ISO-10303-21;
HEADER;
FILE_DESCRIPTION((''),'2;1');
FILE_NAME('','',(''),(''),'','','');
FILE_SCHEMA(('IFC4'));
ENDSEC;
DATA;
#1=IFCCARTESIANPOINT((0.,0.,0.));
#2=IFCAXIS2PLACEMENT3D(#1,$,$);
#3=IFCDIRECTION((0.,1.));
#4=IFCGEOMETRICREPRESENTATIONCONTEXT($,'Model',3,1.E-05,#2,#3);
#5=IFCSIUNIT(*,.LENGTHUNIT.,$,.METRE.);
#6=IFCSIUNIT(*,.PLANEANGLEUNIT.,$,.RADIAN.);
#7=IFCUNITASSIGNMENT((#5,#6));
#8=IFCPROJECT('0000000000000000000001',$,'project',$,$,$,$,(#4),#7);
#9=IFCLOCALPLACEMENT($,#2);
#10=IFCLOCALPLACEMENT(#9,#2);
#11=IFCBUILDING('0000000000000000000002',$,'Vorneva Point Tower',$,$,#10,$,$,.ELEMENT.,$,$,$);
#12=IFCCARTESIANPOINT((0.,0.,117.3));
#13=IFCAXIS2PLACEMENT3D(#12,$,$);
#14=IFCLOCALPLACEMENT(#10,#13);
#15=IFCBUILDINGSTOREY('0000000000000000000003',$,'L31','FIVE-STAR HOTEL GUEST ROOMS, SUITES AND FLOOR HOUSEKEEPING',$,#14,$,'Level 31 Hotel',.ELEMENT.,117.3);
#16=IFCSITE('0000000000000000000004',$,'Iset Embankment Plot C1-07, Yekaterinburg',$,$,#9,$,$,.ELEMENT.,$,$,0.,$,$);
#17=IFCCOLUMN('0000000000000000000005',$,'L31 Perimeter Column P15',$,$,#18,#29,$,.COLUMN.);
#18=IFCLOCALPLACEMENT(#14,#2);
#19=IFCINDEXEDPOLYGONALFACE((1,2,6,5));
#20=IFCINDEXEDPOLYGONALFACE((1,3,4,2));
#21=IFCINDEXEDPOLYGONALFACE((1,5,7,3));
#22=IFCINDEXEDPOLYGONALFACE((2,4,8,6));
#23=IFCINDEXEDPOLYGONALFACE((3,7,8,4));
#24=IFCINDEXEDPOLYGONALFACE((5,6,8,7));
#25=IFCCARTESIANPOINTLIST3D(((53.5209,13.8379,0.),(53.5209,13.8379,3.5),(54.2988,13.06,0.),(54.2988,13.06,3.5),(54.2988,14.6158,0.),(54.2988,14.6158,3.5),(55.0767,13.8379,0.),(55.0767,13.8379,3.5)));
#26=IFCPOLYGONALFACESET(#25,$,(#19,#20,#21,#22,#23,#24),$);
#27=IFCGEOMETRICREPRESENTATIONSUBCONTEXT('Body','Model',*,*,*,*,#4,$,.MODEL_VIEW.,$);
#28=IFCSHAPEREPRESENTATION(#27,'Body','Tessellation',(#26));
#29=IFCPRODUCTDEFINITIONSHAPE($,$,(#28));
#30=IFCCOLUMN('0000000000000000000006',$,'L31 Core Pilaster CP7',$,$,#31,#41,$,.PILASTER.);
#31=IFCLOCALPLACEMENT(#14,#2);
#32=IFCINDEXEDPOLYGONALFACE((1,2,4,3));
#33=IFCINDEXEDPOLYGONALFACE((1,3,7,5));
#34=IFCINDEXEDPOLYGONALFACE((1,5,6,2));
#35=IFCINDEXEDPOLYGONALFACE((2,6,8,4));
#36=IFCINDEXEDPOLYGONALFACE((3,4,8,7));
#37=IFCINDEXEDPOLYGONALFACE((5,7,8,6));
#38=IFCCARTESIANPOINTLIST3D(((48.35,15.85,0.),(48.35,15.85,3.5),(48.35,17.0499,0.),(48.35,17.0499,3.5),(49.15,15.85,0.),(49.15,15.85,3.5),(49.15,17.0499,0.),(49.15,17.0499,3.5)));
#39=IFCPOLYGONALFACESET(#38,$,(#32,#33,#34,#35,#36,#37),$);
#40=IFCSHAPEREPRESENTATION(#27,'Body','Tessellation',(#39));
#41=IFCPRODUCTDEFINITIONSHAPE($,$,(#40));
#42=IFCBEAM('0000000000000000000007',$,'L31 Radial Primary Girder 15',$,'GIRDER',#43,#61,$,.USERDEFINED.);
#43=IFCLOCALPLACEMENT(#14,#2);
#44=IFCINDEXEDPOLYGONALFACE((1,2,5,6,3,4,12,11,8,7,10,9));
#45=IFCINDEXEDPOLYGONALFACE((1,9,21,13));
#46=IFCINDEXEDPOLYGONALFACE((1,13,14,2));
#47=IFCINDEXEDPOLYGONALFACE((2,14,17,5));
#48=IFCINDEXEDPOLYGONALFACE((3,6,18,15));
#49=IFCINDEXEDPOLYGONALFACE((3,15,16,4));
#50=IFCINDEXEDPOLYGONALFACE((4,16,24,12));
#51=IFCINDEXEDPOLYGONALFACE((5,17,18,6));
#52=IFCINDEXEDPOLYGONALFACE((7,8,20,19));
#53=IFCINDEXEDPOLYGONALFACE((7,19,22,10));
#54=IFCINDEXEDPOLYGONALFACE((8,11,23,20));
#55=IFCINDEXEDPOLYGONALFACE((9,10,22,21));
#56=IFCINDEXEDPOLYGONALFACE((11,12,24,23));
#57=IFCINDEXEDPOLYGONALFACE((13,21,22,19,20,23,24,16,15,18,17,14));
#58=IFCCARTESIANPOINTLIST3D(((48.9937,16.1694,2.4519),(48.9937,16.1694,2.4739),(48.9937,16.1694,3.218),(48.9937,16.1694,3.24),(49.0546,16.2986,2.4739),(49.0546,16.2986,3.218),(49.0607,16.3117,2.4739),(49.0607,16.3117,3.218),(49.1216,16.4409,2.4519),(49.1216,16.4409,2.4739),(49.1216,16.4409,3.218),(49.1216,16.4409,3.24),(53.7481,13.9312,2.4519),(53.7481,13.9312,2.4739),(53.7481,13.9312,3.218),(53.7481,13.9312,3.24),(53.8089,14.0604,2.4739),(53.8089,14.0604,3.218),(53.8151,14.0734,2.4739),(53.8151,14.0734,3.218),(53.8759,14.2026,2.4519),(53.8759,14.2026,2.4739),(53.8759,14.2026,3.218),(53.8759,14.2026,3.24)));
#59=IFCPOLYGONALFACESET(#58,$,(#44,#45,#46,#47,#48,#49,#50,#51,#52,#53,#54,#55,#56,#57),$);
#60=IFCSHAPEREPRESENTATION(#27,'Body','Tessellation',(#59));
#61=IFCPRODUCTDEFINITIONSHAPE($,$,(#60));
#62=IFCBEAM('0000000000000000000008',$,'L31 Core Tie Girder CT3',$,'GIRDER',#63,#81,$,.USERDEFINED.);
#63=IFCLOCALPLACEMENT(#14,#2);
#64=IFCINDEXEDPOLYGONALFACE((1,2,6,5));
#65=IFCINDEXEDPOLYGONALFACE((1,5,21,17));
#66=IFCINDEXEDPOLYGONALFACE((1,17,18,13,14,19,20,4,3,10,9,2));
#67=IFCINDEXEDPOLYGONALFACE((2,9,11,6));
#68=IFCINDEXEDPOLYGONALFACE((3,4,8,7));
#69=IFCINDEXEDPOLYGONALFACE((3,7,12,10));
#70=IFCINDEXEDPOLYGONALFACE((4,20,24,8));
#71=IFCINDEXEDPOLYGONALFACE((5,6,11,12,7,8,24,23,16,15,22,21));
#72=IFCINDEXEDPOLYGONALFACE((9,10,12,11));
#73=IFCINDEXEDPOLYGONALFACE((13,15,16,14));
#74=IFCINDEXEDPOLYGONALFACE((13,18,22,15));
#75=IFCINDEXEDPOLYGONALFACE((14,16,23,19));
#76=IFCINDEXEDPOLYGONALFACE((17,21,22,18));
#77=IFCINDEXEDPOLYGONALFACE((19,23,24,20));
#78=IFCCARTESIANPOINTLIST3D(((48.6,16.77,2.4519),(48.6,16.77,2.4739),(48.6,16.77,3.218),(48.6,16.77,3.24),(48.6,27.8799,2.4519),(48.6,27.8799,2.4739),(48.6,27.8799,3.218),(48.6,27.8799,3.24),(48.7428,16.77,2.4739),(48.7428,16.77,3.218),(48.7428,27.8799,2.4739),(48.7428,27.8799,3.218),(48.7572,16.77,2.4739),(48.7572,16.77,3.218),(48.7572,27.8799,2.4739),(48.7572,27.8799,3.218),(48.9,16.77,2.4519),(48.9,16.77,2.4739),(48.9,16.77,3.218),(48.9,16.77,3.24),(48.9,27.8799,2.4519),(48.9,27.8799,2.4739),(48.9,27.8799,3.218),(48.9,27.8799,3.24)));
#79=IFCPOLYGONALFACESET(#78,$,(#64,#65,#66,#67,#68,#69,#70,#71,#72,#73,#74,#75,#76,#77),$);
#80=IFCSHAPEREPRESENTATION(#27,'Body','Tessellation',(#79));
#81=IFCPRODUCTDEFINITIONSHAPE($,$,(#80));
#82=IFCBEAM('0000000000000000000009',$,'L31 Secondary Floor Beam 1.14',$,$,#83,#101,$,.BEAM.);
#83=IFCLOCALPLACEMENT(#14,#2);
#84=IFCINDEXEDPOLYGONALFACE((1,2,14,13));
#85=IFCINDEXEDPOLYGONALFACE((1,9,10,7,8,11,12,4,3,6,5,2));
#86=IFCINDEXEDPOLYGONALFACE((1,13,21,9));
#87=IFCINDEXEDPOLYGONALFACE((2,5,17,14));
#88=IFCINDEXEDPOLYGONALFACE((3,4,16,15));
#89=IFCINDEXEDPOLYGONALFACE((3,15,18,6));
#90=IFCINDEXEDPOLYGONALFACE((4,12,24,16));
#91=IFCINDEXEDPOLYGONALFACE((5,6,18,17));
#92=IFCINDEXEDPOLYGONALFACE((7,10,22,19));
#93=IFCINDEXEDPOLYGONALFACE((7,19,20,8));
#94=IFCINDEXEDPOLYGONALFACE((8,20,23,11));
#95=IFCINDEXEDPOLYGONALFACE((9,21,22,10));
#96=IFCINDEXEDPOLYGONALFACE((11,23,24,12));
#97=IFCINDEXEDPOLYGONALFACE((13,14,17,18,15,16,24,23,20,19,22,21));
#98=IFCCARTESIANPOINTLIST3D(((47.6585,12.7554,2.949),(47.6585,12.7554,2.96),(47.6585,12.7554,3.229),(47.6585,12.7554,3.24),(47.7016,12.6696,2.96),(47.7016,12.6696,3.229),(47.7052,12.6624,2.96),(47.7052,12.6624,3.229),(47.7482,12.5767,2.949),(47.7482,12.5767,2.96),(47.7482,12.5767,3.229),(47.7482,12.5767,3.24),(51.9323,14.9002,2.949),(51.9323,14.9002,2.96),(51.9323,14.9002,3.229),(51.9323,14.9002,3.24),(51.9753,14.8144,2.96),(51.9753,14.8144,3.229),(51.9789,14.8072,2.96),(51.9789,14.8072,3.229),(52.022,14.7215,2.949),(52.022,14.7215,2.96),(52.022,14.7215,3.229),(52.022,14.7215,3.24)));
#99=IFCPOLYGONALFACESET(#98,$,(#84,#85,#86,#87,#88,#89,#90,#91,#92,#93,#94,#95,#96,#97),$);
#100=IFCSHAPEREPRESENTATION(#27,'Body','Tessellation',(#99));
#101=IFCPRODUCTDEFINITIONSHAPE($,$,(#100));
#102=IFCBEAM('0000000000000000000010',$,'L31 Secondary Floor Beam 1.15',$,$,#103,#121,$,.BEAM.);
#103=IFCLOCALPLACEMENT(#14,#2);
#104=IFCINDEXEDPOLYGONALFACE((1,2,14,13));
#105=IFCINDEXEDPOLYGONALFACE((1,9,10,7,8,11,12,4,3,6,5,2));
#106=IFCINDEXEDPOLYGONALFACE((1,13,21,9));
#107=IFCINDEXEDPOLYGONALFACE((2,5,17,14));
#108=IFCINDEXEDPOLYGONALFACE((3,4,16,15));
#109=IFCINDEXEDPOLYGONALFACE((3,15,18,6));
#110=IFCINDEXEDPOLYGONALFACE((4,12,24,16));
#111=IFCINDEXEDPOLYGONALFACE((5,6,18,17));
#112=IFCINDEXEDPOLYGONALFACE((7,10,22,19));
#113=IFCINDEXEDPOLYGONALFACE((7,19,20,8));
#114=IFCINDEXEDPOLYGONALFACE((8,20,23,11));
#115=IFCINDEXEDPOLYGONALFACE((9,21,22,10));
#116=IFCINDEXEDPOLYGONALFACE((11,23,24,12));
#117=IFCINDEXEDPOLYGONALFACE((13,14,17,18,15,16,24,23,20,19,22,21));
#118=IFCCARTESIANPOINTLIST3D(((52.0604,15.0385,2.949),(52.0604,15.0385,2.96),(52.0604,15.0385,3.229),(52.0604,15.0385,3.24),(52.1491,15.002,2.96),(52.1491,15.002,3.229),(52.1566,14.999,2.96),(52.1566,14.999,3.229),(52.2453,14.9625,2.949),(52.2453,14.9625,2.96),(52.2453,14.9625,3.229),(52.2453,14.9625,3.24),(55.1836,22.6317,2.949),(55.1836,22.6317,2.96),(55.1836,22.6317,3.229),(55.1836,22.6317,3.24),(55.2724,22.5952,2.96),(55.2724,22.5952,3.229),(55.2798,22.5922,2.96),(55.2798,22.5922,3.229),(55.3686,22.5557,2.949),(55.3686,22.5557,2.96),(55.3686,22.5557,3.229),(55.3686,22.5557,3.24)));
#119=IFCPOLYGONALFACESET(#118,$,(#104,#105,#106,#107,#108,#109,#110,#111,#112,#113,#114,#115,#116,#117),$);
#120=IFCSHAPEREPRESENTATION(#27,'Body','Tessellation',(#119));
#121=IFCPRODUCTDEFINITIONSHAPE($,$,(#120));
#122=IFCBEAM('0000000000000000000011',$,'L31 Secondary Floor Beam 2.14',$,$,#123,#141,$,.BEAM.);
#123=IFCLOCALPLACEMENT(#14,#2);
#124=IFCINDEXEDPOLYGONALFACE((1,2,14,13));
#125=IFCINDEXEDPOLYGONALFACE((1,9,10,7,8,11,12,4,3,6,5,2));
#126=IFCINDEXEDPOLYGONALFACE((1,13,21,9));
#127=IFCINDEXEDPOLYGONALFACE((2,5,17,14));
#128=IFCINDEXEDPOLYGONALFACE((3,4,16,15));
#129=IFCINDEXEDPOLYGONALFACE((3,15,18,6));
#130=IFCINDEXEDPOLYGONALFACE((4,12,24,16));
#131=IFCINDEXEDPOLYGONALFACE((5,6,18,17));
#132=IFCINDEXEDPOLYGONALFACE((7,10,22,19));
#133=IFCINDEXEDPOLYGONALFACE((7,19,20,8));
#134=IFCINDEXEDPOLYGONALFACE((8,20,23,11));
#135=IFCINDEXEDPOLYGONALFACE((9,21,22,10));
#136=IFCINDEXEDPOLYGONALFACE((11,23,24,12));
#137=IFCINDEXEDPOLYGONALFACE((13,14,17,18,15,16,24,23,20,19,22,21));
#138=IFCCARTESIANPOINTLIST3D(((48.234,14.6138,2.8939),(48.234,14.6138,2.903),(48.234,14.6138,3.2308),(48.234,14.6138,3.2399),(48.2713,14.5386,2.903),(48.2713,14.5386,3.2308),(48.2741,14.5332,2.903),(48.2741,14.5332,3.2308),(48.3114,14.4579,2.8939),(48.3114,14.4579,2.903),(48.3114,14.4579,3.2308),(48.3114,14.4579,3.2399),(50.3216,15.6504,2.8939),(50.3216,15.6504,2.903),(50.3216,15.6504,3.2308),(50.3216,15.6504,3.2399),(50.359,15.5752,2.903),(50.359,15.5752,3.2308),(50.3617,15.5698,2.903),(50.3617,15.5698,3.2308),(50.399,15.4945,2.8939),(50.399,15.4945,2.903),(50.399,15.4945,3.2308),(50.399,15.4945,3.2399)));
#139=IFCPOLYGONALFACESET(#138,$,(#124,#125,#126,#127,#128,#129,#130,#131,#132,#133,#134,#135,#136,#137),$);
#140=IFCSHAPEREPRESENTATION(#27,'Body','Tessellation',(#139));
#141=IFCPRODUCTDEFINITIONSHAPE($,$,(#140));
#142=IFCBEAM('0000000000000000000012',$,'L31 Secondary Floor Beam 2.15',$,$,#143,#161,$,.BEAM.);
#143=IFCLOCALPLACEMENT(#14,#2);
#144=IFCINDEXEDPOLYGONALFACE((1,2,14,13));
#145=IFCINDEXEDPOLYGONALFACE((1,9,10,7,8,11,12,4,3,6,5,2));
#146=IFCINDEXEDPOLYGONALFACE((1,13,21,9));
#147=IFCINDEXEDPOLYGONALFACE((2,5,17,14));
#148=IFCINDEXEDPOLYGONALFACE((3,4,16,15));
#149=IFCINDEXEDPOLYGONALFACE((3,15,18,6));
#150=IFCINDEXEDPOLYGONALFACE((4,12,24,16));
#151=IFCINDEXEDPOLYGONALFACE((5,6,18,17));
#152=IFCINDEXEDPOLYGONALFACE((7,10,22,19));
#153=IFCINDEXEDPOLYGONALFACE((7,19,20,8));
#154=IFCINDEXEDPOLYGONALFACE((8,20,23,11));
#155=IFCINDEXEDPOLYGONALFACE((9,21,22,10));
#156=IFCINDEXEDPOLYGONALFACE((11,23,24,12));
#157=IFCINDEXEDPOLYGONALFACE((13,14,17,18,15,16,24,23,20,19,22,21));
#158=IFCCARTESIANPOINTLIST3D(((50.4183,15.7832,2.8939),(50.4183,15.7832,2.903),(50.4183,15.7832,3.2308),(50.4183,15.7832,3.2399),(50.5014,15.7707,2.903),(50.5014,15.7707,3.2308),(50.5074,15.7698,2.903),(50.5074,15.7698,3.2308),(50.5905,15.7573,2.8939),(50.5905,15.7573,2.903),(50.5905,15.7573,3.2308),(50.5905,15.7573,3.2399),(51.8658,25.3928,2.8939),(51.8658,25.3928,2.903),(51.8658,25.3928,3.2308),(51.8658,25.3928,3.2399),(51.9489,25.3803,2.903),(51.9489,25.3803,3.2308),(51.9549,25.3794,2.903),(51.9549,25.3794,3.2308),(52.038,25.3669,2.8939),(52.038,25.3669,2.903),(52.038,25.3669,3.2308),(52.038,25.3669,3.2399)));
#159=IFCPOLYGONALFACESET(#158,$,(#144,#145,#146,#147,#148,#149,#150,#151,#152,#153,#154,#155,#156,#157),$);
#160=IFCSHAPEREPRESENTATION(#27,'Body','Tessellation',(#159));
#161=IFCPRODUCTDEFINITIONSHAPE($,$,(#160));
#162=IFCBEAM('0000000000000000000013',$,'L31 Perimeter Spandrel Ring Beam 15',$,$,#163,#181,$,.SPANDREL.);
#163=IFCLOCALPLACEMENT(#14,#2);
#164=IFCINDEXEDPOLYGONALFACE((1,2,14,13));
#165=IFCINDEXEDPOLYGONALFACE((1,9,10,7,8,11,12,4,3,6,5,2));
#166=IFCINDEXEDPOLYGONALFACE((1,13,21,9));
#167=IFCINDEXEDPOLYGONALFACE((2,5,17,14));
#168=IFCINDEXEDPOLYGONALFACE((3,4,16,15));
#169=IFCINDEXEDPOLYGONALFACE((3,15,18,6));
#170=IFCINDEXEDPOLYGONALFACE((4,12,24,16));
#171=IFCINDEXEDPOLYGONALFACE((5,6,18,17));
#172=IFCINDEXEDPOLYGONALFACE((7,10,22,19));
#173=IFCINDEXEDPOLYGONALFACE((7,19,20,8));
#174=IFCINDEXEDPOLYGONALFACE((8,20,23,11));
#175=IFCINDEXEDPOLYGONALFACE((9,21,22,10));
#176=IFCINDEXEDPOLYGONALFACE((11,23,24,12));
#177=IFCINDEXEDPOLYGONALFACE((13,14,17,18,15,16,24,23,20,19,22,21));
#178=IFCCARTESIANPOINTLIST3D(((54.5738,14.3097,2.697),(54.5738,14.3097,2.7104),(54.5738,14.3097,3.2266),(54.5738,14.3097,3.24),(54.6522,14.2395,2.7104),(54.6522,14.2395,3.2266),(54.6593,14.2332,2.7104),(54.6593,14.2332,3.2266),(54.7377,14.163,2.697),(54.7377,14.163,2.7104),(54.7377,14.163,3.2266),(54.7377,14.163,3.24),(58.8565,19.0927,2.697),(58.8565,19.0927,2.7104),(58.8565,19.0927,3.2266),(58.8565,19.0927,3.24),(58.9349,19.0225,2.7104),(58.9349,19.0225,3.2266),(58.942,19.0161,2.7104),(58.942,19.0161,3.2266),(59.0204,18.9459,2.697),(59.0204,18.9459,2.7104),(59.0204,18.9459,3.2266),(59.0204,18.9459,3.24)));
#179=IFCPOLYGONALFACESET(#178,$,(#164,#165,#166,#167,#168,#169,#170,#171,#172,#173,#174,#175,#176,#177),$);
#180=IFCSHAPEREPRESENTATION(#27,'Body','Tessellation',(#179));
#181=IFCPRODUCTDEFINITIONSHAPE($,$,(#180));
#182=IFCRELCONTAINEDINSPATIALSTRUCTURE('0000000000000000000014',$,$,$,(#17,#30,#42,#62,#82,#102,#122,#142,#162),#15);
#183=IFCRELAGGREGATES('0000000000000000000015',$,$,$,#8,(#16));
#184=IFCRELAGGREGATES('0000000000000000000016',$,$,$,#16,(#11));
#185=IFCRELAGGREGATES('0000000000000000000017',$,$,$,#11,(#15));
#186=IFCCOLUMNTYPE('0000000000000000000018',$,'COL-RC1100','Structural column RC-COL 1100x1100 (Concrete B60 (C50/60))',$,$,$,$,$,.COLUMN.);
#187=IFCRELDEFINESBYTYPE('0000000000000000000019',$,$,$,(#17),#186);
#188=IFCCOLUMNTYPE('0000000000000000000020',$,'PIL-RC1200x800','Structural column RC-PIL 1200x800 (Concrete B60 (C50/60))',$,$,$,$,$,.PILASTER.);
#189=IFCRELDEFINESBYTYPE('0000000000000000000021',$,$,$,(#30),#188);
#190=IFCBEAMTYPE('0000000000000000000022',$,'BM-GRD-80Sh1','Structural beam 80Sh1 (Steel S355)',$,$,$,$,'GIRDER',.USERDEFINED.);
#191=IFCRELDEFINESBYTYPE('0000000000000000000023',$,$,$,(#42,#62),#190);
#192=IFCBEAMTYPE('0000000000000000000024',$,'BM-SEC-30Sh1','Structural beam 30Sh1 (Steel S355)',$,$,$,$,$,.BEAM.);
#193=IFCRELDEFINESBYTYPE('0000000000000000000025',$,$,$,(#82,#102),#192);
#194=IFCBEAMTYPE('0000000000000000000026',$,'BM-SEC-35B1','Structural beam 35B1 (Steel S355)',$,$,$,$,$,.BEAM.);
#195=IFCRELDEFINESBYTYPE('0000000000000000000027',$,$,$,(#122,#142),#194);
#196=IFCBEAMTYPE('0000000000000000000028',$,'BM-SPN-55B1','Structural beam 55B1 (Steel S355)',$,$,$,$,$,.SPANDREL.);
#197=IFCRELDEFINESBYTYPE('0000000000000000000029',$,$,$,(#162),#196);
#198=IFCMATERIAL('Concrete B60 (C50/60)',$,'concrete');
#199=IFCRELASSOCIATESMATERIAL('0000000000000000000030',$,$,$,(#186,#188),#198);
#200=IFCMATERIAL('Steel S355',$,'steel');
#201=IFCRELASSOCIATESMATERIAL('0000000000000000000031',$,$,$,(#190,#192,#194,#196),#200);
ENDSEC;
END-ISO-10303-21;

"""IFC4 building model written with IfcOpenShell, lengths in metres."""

from ifc_helpers import new_model, si_unit, direction, frame, origin, origin_2d, place, context, subcontext, project, spatial, rectangle, i_section, extrude, material, material_profile, profile_set, type_object, element, save


model = new_model("IFC4")

# Units and contexts
model_context = context("Model", 3, precision=1e-05, world=origin(), true_north=direction((0.0, 1.0)))
body_context = subcontext(model_context, "Body", "Model", "MODEL_VIEW")
ifc_project = project(units=[si_unit("LENGTHUNIT", "METRE"), si_unit("PLANEANGLEUNIT", "RADIAN")], contexts=[model_context])

# Site, building, storey
site_placement = place(None, origin())
site = spatial("IfcSite", under=ifc_project, at=site_placement, Name="Iset Embankment Plot C1-07, Yekaterinburg", CompositionType="ELEMENT", RefElevation=0.0)
building_placement = place(site_placement, origin())
building = spatial("IfcBuilding", under=site, at=building_placement, Name="Vorneva Point Tower", CompositionType="ELEMENT")
storey_placement = place(building_placement, frame((0.0, 0.0, 117.3)))
storey = spatial("IfcBuildingStorey", under=building, at=storey_placement, Name="L31", Description="FIVE-STAR HOTEL GUEST ROOMS, SUITES AND FLOOR HOUSEKEEPING", LongName="Level 31 Hotel", CompositionType="ELEMENT", Elevation=117.3)

# Columns
ifc_material_1 = material(Name="Concrete B60 (C50/60)", Category="concrete")
ifc_material_profile_1 = material_profile(ifc_material_1, rectangle(XDim=1.1001, YDim=1.1001, at=origin_2d()), Name="RC-COL 1100x1100")
ifc_profile_set_1 = profile_set([ifc_material_profile_1], Name="Concrete B60 (C50/60)")
column_type_1 = type_object("IfcColumnType", Name="COL-RC1100", Description="Structural column RC-COL 1100x1100 (Concrete B60 (C50/60))", PredefinedType="COLUMN", material=ifc_profile_set_1)
column_1_placement = place(storey_placement, frame((54.2988, 13.8379, 0.0), z_axis=(0.0, 0.0, 1.0), x_axis=(0.707107, -0.707107, 0.0)))
element("IfcColumn", 1, at=column_1_placement, inside=storey, type_object=column_type_1, Name="L31 Perimeter Column P15", PredefinedType="COLUMN", context=body_context, shape_type="SweptSolid", body=[
    extrude(rectangle(XDim=1.1001, YDim=1.1001, at=origin_2d()), origin(), (0.0, 0.0, 1.0), 3.5),
])
ifc_material_profile_2 = material_profile(ifc_material_1, rectangle(XDim=0.8, YDim=1.2, at=origin_2d()), Name="RC-PIL 1200x800")
ifc_profile_set_2 = profile_set([ifc_material_profile_2], Name="Concrete B60 (C50/60)")
column_type_2 = type_object("IfcColumnType", Name="PIL-RC1200x800", Description="Structural column RC-PIL 1200x800 (Concrete B60 (C50/60))", PredefinedType="PILASTER", material=ifc_profile_set_2)
column_2_placement = place(storey_placement, frame((48.75, 16.45, 0.0), z_axis=(0.0, 0.0, 1.0), x_axis=(1.0, 0.0, 0.0)))
element("IfcColumn", 2, at=column_2_placement, inside=storey, type_object=column_type_2, Name="L31 Core Pilaster CP7", PredefinedType="PILASTER", context=body_context, shape_type="SweptSolid", body=[
    extrude(rectangle(XDim=0.8, YDim=1.2, at=origin_2d()), origin(), (0.0, 0.0, 1.0), 3.5),
])

# Beams
ifc_material_2 = material(Name="Steel S355", Category="steel")
ifc_material_profile_3 = material_profile(ifc_material_2, i_section(OverallWidth=0.3, OverallDepth=0.7881, WebThickness=0.0144, FlangeThickness=0.022, at=origin_2d()), Name="80Sh1")
ifc_profile_set_3 = profile_set([ifc_material_profile_3], Name="Steel S355")
beam_type_1 = type_object("IfcBeamType", Name="BM-GRD-80Sh1", Description="Structural beam 80Sh1 (Steel S355)", ElementType="GIRDER", PredefinedType="USERDEFINED", material=ifc_profile_set_3)
beam_1_placement = place(storey_placement, frame((53.812, 14.0669, 2.8459), z_axis=(-0.904751, 0.42594, 0.0), x_axis=(-0.42594, -0.904751, 0.0)))
element("IfcBeam", 3, at=beam_1_placement, inside=storey, type_object=beam_type_1, Name="L31 Radial Primary Girder 15", ObjectType="GIRDER", PredefinedType="USERDEFINED", context=body_context, shape_type="SweptSolid", body=[
    extrude(i_section(OverallWidth=0.3, OverallDepth=0.7881, WebThickness=0.0144, FlangeThickness=0.022, at=origin_2d()), origin(), (0.0, 0.0, 1.0), 5.2549),
])
beam_2_placement = place(storey_placement, frame((48.75, 16.77, 2.8459), z_axis=(0.0, 1.0, 0.0), x_axis=(-1.0, 0.0, 0.0)))
element("IfcBeam", 4, at=beam_2_placement, inside=storey, type_object=beam_type_1, Name="L31 Core Tie Girder CT3", ObjectType="GIRDER", PredefinedType="USERDEFINED", context=body_context, shape_type="SweptSolid", body=[
    extrude(i_section(OverallWidth=0.3, OverallDepth=0.7881, WebThickness=0.0144, FlangeThickness=0.022, at=origin_2d()), origin(), (0.0, 0.0, 1.0), 11.1099),
])
ifc_material_profile_4 = material_profile(ifc_material_2, i_section(OverallWidth=0.2, OverallDepth=0.291, WebThickness=0.0081, FlangeThickness=0.011, at=origin_2d()), Name="30Sh1")
ifc_profile_set_4 = profile_set([ifc_material_profile_4], Name="Steel S355")
beam_type_2 = type_object("IfcBeamType", Name="BM-SEC-30Sh1", Description="Structural beam 30Sh1 (Steel S355)", PredefinedType="BEAM", material=ifc_profile_set_4)
beam_3_placement = place(storey_placement, frame((47.7034, 12.666, 3.0945), z_axis=(0.893762, 0.448541, 0.0), x_axis=(-0.448541, 0.893762, 0.0)))
element("IfcBeam", 5, at=beam_3_placement, inside=storey, type_object=beam_type_2, Name="L31 Secondary Floor Beam 1.14", PredefinedType="BEAM", context=body_context, shape_type="SweptSolid", body=[
    extrude(i_section(OverallWidth=0.2, OverallDepth=0.291, WebThickness=0.0081, FlangeThickness=0.011, at=origin_2d()), origin(), (0.0, 0.0, 1.0), 4.7817),
])
beam_4_placement = place(storey_placement, frame((52.1528, 15.0005, 3.0945), z_axis=(0.380401, 0.924822, 0.0), x_axis=(-0.924822, 0.380401, 0.0)))
element("IfcBeam", 6, at=beam_4_placement, inside=storey, type_object=beam_type_2, Name="L31 Secondary Floor Beam 1.15", PredefinedType="BEAM", context=body_context, shape_type="SweptSolid", body=[
    extrude(i_section(OverallWidth=0.2, OverallDepth=0.291, WebThickness=0.0081, FlangeThickness=0.011, at=origin_2d()), origin(), (0.0, 0.0, 1.0), 8.2104),
])
ifc_material_profile_5 = material_profile(ifc_material_2, i_section(OverallWidth=0.1741, OverallDepth=0.3459, WebThickness=0.0061, FlangeThickness=0.009, at=origin_2d()), Name="35B1")
ifc_profile_set_5 = profile_set([ifc_material_profile_5], Name="Steel S355")
beam_type_3 = type_object("IfcBeamType", Name="BM-SEC-35B1", Description="Structural beam 35B1 (Steel S355)", PredefinedType="BEAM", material=ifc_profile_set_5)
beam_5_placement = place(storey_placement, frame((48.2727, 14.5359, 3.0669), z_axis=(0.89566, 0.44474, 0.0), x_axis=(-0.44474, 0.89566, 0.0)))
element("IfcBeam", 7, at=beam_5_placement, inside=storey, type_object=beam_type_3, Name="L31 Secondary Floor Beam 2.14", PredefinedType="BEAM", context=body_context, shape_type="SweptSolid", body=[
    extrude(i_section(OverallWidth=0.1741, OverallDepth=0.3459, WebThickness=0.0061, FlangeThickness=0.009, at=origin_2d()), origin(), (0.0, 0.0, 1.0), 2.3308),
])
beam_6_placement = place(storey_placement, frame((50.5044, 15.7703, 3.0669), z_axis=(0.148951, 0.988845, 0.0), x_axis=(-0.988845, 0.148951, 0.0)))
element("IfcBeam", 8, at=beam_6_placement, inside=storey, type_object=beam_type_3, Name="L31 Secondary Floor Beam 2.15", PredefinedType="BEAM", context=body_context, shape_type="SweptSolid", body=[
    extrude(i_section(OverallWidth=0.1741, OverallDepth=0.3459, WebThickness=0.0061, FlangeThickness=0.009, at=origin_2d()), origin(), (0.0, 0.0, 1.0), 9.718),
])
ifc_material_profile_6 = material_profile(ifc_material_2, i_section(OverallWidth=0.22, OverallDepth=0.543, WebThickness=0.0095, FlangeThickness=0.0134, at=origin_2d()), Name="55B1")
ifc_profile_set_6 = profile_set([ifc_material_profile_6], Name="Steel S355")
beam_type_4 = type_object("IfcBeamType", Name="BM-SPN-55B1", Description="Structural beam 55B1 (Steel S355)", PredefinedType="SPANDREL", material=ifc_profile_set_6)
beam_7_placement = place(storey_placement, frame((54.6558, 14.2363, 2.9685), z_axis=(0.667074, 0.744992, 0.0), x_axis=(-0.744992, 0.667074, 0.0)))
element("IfcBeam", 9, at=beam_7_placement, inside=storey, type_object=beam_type_4, Name="L31 Perimeter Spandrel Ring Beam 15", PredefinedType="SPANDREL", context=body_context, shape_type="SweptSolid", body=[
    extrude(i_section(OverallWidth=0.22, OverallDepth=0.543, WebThickness=0.0095, FlangeThickness=0.0134, at=origin_2d()), origin(), (0.0, 0.0, 1.0), 6.4202),
])

save(model, "model.ifc")
